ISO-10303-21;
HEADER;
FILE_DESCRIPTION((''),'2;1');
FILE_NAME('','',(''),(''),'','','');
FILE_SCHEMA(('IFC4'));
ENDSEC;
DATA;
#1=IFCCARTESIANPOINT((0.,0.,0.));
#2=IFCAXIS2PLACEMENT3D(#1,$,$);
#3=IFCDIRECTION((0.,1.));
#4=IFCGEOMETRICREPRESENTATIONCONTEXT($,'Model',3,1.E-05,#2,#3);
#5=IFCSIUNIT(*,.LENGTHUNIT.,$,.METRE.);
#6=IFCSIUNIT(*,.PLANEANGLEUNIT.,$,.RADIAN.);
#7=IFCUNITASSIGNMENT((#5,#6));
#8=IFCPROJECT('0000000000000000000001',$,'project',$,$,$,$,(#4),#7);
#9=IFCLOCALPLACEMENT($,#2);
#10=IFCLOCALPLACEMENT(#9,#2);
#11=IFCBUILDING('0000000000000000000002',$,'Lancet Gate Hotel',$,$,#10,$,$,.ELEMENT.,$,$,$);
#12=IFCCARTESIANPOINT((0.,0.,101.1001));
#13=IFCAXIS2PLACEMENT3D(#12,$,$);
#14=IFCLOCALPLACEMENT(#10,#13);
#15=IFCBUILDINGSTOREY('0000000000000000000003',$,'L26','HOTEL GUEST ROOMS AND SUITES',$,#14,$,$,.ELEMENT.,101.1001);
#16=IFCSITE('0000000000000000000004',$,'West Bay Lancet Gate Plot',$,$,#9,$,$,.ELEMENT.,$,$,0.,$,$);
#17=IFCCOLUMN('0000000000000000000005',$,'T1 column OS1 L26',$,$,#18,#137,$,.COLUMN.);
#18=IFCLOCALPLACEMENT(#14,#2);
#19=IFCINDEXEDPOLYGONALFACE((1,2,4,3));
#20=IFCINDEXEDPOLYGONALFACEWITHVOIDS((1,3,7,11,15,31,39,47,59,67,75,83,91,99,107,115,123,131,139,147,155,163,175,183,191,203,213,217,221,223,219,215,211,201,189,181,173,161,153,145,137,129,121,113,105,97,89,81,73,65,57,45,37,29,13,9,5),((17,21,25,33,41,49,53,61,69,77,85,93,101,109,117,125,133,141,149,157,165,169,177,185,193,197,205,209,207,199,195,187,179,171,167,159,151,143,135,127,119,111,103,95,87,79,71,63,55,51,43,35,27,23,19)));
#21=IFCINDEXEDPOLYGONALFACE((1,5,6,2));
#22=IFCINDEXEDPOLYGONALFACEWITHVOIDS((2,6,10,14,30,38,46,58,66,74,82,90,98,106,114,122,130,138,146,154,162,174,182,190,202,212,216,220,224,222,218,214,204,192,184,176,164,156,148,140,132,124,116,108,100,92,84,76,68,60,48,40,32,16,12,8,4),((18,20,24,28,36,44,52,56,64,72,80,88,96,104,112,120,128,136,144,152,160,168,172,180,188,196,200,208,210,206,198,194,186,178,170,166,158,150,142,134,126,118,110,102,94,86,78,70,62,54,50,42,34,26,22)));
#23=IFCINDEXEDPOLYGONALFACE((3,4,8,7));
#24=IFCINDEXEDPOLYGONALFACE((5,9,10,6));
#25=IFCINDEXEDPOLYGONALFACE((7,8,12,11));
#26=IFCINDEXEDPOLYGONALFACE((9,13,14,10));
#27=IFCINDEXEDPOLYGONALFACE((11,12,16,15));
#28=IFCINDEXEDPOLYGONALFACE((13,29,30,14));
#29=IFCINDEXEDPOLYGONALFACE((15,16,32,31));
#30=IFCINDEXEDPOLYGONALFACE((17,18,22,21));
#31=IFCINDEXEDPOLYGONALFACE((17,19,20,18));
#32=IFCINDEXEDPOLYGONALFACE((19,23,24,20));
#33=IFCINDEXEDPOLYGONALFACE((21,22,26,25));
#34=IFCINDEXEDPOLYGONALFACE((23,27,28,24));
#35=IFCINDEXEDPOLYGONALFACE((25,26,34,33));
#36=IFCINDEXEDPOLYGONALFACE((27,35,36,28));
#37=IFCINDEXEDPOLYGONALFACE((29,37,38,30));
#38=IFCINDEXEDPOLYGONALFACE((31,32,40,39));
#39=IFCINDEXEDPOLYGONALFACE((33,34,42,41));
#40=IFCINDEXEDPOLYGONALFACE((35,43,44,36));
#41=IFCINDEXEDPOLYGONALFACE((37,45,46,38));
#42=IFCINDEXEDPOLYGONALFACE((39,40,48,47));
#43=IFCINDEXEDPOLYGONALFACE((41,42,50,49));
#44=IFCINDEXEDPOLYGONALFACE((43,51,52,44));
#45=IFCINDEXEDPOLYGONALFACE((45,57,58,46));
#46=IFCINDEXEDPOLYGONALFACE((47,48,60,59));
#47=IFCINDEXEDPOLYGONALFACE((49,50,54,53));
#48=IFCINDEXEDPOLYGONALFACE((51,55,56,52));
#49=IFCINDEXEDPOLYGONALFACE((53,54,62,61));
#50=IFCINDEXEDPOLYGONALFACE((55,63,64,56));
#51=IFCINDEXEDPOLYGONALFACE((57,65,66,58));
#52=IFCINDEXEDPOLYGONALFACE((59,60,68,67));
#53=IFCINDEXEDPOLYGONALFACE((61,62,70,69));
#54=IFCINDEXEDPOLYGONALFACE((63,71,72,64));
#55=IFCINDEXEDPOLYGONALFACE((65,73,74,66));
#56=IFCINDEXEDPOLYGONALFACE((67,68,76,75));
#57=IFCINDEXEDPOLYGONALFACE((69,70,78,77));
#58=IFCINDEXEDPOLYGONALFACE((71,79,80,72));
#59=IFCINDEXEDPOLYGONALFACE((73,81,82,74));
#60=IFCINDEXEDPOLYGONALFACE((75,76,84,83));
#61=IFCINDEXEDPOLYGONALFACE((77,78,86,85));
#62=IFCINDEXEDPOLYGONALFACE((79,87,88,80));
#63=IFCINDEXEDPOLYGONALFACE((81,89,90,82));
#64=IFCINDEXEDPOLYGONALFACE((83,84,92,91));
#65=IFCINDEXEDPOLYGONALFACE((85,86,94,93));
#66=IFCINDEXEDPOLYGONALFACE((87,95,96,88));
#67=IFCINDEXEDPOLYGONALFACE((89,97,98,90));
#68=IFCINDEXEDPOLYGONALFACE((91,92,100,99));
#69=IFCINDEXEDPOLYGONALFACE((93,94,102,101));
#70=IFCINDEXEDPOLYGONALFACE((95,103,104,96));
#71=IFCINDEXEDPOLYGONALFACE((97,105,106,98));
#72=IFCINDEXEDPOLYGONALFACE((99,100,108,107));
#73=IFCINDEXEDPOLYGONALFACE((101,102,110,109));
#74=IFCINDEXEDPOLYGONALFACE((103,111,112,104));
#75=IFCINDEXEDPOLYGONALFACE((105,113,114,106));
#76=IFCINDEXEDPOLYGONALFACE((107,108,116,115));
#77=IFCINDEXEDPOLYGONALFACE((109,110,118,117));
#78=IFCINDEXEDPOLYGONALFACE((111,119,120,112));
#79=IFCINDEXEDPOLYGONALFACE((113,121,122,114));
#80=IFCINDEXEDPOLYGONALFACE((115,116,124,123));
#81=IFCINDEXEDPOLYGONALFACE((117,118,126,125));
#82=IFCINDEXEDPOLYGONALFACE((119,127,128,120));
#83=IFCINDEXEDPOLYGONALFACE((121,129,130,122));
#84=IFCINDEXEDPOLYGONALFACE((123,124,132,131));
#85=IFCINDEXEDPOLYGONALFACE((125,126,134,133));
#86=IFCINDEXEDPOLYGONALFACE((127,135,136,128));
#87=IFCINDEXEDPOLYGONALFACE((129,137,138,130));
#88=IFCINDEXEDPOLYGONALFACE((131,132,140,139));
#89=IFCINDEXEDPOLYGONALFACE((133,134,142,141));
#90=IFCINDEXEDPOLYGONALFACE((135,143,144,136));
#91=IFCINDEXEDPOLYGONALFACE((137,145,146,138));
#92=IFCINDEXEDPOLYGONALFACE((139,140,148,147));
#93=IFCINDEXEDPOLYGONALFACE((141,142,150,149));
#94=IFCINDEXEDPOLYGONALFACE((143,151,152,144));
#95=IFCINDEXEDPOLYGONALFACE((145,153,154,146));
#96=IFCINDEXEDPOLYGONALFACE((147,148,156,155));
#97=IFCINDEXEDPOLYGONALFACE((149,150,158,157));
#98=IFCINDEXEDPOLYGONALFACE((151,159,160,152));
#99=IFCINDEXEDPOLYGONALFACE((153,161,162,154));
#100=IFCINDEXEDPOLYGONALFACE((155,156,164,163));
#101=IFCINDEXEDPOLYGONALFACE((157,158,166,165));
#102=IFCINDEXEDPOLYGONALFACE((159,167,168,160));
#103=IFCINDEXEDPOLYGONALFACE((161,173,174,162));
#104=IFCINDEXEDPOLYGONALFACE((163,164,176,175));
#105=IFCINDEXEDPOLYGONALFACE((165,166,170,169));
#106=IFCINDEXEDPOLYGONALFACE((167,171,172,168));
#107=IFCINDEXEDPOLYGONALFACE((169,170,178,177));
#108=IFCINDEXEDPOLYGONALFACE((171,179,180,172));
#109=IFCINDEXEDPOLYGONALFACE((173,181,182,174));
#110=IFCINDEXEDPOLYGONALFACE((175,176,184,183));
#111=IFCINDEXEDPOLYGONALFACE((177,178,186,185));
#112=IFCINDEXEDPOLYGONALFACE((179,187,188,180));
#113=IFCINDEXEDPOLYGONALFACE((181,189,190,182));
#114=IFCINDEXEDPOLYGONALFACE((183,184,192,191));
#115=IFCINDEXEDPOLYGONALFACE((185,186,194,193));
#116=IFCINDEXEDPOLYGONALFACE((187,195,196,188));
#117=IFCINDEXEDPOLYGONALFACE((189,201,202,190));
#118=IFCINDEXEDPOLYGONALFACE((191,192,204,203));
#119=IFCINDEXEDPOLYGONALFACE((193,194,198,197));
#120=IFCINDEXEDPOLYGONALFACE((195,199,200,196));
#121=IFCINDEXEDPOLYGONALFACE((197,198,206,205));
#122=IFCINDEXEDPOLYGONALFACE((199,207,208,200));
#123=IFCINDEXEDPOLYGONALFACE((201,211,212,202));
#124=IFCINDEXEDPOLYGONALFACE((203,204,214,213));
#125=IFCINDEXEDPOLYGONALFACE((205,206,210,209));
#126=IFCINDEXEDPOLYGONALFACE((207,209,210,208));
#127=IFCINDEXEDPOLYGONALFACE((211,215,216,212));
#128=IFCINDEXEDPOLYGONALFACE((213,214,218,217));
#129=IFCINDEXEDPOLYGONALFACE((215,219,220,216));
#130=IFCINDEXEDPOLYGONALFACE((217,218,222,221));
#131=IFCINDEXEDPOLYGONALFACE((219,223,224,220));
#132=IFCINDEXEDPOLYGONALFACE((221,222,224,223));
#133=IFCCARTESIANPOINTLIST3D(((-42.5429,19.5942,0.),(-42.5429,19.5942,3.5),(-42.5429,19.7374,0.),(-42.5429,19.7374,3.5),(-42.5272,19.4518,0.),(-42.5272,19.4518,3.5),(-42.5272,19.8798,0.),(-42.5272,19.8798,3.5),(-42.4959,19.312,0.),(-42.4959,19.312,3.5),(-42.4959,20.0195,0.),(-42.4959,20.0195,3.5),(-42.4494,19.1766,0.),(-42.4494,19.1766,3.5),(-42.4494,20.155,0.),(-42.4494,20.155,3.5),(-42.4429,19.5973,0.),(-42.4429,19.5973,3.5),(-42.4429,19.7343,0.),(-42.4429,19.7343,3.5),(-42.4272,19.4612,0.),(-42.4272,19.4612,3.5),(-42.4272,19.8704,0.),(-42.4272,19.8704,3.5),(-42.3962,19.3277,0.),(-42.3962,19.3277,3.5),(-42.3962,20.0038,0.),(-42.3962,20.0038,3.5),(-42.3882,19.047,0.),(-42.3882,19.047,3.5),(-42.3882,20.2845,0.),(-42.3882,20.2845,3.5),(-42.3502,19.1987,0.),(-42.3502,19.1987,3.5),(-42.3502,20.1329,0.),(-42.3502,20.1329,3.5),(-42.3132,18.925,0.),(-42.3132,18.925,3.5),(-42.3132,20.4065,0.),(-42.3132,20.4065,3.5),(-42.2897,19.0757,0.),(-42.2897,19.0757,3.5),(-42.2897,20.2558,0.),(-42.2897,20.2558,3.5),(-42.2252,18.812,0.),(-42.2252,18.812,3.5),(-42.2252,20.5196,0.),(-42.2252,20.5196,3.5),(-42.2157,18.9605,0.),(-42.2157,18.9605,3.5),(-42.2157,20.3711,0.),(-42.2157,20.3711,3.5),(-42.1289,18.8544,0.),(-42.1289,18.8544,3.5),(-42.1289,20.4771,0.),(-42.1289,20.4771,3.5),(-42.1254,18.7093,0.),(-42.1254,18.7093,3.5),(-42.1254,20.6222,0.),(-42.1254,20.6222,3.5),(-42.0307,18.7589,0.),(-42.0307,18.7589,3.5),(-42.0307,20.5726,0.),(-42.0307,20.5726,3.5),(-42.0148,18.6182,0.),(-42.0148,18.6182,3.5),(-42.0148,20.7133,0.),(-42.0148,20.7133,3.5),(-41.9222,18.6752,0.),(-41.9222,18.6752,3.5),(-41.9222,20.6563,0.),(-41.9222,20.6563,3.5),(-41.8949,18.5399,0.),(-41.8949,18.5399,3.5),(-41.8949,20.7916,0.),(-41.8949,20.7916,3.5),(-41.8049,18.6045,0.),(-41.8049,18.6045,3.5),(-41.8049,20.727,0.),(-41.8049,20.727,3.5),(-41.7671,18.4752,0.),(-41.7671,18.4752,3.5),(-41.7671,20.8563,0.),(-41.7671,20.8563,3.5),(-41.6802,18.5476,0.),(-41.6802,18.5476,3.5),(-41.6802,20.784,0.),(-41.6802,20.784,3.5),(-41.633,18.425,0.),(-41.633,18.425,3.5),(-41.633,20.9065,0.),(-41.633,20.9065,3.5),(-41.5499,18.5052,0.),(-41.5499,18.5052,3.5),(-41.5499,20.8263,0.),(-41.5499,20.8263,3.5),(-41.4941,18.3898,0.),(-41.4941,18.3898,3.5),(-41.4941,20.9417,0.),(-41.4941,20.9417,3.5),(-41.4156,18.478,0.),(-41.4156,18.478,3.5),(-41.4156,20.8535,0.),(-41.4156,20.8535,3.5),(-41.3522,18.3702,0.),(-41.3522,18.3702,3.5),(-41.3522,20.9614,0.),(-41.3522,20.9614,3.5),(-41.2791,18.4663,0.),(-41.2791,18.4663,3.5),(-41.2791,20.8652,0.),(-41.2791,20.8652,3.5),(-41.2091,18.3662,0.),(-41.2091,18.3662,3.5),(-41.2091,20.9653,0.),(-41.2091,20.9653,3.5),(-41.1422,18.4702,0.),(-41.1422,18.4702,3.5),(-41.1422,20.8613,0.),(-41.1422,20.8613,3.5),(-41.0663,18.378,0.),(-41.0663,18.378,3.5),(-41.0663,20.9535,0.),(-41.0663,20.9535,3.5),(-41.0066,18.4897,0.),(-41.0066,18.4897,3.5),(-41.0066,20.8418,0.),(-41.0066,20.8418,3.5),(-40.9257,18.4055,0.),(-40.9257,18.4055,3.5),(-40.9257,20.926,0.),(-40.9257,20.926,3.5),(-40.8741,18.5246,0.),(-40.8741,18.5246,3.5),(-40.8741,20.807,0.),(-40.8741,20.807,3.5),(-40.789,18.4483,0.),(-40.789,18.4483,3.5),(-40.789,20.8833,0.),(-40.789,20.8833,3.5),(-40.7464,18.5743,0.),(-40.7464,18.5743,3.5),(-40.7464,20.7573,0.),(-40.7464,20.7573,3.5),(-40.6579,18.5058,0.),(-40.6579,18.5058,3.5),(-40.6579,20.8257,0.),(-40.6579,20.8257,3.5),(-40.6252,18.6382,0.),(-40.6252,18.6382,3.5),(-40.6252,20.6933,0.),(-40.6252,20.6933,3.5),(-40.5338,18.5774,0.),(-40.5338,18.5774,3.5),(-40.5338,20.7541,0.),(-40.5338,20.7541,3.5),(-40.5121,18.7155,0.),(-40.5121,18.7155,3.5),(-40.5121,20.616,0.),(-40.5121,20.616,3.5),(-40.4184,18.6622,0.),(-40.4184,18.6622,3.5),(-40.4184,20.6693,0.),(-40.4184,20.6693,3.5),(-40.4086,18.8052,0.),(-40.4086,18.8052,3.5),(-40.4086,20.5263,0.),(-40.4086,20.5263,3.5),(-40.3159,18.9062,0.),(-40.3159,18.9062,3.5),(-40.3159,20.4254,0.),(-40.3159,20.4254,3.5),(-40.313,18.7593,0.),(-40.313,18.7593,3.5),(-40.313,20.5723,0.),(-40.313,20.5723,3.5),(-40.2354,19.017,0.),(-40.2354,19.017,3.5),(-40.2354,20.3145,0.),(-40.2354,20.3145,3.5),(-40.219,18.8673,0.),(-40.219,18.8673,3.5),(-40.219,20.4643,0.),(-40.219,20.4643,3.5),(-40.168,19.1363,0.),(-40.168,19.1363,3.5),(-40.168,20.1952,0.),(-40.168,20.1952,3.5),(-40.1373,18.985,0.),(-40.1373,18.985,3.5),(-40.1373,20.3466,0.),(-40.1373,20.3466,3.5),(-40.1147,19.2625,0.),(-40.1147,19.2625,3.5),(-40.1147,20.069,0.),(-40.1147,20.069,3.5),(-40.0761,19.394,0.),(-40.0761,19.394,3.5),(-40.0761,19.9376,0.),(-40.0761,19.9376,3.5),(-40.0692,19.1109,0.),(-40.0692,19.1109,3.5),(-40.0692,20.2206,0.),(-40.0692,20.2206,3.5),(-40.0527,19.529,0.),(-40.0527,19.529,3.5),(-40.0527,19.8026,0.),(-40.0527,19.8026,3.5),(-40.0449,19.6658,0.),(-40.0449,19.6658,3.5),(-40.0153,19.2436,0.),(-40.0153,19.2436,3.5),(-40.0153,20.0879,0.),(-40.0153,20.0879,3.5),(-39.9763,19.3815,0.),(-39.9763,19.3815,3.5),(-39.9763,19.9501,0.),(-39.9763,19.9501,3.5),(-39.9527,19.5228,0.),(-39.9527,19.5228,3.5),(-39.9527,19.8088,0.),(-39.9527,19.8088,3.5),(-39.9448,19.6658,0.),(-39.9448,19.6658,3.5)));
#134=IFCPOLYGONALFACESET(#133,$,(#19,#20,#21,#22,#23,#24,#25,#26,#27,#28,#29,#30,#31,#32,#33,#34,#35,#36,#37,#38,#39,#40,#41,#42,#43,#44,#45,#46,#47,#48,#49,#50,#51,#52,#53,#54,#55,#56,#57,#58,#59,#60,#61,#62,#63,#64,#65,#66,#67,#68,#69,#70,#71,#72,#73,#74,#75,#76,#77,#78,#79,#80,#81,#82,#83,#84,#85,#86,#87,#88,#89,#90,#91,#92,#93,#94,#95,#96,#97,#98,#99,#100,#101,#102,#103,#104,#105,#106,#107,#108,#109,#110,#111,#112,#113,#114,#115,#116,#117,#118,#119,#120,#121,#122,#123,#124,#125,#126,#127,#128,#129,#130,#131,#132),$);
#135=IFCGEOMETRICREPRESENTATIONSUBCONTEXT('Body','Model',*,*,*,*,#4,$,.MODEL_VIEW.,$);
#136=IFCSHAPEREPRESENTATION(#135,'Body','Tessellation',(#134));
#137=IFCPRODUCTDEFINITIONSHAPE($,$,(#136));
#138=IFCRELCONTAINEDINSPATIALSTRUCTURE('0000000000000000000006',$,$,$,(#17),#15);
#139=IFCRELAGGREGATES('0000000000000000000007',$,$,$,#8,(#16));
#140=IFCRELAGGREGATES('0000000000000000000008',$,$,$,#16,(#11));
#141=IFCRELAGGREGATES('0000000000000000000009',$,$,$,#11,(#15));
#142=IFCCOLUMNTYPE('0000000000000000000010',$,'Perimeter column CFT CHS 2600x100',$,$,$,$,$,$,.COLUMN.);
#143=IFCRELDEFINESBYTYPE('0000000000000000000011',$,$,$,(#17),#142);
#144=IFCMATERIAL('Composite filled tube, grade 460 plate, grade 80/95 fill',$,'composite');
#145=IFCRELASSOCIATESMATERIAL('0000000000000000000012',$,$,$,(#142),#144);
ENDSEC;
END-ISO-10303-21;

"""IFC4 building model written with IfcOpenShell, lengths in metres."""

from ifc_helpers import new_model, si_unit, direction, frame, origin, origin_2d, place, context, subcontext, project, spatial, hollow_circle, extrude, material, material_profile, profile_set, type_object, element, save


model = new_model("IFC4")

# Units and contexts
model_context = context("Model", 3, precision=1e-05, world=origin(), true_north=direction((0.0, 1.0)))
body_context = subcontext(model_context, "Body", "Model", "MODEL_VIEW")
ifc_project = project(units=[si_unit("LENGTHUNIT", "METRE"), si_unit("PLANEANGLEUNIT", "RADIAN")], contexts=[model_context])

# Site, building, storey
site_placement = place(None, origin())
site = spatial("IfcSite", under=ifc_project, at=site_placement, Name="West Bay Lancet Gate Plot", CompositionType="ELEMENT", RefElevation=0.0)
building_placement = place(site_placement, origin())
building = spatial("IfcBuilding", under=site, at=building_placement, Name="Lancet Gate Hotel", CompositionType="ELEMENT")
storey_placement = place(building_placement, frame((0.0, 0.0, 101.1001)))
storey = spatial("IfcBuildingStorey", under=building, at=storey_placement, Name="L26", Description="HOTEL GUEST ROOMS AND SUITES", CompositionType="ELEMENT", Elevation=101.1001)

# Column
ifc_material_1 = material(Name="Composite filled tube, grade 460 plate, grade 80/95 fill", Category="composite")
ifc_material_profile_1 = material_profile(ifc_material_1, hollow_circle(Radius=1.3, WallThickness=0.1001, at=origin_2d()), Name="CHS 2600x100")
ifc_profile_set_1 = profile_set([ifc_material_profile_1], Name="Composite filled tube, grade 460 plate, grade 80/95 fill")
column_type = type_object("IfcColumnType", Name="Perimeter column CFT CHS 2600x100", PredefinedType="COLUMN", material=ifc_profile_set_1)
for number, where, z_axis, x_axis, name in (
    (1, (-41.2449, 19.6658, 0.0), (0.0, 0.0, 1.0), (1.0, 0.0, 0.0), "T1 column OS1 L26"),
):
    element("IfcColumn", number, at=place(storey_placement, frame(where, z_axis=z_axis, x_axis=x_axis)), inside=storey, type_object=column_type, Name=name, PredefinedType="COLUMN", context=body_context, shape_type="SweptSolid", body=[
        extrude(hollow_circle(Radius=1.3, WallThickness=0.1001, at=origin_2d()), origin(), (0.0, 0.0, 1.0), 3.5),
    ])

save(model, "model.ifc")
